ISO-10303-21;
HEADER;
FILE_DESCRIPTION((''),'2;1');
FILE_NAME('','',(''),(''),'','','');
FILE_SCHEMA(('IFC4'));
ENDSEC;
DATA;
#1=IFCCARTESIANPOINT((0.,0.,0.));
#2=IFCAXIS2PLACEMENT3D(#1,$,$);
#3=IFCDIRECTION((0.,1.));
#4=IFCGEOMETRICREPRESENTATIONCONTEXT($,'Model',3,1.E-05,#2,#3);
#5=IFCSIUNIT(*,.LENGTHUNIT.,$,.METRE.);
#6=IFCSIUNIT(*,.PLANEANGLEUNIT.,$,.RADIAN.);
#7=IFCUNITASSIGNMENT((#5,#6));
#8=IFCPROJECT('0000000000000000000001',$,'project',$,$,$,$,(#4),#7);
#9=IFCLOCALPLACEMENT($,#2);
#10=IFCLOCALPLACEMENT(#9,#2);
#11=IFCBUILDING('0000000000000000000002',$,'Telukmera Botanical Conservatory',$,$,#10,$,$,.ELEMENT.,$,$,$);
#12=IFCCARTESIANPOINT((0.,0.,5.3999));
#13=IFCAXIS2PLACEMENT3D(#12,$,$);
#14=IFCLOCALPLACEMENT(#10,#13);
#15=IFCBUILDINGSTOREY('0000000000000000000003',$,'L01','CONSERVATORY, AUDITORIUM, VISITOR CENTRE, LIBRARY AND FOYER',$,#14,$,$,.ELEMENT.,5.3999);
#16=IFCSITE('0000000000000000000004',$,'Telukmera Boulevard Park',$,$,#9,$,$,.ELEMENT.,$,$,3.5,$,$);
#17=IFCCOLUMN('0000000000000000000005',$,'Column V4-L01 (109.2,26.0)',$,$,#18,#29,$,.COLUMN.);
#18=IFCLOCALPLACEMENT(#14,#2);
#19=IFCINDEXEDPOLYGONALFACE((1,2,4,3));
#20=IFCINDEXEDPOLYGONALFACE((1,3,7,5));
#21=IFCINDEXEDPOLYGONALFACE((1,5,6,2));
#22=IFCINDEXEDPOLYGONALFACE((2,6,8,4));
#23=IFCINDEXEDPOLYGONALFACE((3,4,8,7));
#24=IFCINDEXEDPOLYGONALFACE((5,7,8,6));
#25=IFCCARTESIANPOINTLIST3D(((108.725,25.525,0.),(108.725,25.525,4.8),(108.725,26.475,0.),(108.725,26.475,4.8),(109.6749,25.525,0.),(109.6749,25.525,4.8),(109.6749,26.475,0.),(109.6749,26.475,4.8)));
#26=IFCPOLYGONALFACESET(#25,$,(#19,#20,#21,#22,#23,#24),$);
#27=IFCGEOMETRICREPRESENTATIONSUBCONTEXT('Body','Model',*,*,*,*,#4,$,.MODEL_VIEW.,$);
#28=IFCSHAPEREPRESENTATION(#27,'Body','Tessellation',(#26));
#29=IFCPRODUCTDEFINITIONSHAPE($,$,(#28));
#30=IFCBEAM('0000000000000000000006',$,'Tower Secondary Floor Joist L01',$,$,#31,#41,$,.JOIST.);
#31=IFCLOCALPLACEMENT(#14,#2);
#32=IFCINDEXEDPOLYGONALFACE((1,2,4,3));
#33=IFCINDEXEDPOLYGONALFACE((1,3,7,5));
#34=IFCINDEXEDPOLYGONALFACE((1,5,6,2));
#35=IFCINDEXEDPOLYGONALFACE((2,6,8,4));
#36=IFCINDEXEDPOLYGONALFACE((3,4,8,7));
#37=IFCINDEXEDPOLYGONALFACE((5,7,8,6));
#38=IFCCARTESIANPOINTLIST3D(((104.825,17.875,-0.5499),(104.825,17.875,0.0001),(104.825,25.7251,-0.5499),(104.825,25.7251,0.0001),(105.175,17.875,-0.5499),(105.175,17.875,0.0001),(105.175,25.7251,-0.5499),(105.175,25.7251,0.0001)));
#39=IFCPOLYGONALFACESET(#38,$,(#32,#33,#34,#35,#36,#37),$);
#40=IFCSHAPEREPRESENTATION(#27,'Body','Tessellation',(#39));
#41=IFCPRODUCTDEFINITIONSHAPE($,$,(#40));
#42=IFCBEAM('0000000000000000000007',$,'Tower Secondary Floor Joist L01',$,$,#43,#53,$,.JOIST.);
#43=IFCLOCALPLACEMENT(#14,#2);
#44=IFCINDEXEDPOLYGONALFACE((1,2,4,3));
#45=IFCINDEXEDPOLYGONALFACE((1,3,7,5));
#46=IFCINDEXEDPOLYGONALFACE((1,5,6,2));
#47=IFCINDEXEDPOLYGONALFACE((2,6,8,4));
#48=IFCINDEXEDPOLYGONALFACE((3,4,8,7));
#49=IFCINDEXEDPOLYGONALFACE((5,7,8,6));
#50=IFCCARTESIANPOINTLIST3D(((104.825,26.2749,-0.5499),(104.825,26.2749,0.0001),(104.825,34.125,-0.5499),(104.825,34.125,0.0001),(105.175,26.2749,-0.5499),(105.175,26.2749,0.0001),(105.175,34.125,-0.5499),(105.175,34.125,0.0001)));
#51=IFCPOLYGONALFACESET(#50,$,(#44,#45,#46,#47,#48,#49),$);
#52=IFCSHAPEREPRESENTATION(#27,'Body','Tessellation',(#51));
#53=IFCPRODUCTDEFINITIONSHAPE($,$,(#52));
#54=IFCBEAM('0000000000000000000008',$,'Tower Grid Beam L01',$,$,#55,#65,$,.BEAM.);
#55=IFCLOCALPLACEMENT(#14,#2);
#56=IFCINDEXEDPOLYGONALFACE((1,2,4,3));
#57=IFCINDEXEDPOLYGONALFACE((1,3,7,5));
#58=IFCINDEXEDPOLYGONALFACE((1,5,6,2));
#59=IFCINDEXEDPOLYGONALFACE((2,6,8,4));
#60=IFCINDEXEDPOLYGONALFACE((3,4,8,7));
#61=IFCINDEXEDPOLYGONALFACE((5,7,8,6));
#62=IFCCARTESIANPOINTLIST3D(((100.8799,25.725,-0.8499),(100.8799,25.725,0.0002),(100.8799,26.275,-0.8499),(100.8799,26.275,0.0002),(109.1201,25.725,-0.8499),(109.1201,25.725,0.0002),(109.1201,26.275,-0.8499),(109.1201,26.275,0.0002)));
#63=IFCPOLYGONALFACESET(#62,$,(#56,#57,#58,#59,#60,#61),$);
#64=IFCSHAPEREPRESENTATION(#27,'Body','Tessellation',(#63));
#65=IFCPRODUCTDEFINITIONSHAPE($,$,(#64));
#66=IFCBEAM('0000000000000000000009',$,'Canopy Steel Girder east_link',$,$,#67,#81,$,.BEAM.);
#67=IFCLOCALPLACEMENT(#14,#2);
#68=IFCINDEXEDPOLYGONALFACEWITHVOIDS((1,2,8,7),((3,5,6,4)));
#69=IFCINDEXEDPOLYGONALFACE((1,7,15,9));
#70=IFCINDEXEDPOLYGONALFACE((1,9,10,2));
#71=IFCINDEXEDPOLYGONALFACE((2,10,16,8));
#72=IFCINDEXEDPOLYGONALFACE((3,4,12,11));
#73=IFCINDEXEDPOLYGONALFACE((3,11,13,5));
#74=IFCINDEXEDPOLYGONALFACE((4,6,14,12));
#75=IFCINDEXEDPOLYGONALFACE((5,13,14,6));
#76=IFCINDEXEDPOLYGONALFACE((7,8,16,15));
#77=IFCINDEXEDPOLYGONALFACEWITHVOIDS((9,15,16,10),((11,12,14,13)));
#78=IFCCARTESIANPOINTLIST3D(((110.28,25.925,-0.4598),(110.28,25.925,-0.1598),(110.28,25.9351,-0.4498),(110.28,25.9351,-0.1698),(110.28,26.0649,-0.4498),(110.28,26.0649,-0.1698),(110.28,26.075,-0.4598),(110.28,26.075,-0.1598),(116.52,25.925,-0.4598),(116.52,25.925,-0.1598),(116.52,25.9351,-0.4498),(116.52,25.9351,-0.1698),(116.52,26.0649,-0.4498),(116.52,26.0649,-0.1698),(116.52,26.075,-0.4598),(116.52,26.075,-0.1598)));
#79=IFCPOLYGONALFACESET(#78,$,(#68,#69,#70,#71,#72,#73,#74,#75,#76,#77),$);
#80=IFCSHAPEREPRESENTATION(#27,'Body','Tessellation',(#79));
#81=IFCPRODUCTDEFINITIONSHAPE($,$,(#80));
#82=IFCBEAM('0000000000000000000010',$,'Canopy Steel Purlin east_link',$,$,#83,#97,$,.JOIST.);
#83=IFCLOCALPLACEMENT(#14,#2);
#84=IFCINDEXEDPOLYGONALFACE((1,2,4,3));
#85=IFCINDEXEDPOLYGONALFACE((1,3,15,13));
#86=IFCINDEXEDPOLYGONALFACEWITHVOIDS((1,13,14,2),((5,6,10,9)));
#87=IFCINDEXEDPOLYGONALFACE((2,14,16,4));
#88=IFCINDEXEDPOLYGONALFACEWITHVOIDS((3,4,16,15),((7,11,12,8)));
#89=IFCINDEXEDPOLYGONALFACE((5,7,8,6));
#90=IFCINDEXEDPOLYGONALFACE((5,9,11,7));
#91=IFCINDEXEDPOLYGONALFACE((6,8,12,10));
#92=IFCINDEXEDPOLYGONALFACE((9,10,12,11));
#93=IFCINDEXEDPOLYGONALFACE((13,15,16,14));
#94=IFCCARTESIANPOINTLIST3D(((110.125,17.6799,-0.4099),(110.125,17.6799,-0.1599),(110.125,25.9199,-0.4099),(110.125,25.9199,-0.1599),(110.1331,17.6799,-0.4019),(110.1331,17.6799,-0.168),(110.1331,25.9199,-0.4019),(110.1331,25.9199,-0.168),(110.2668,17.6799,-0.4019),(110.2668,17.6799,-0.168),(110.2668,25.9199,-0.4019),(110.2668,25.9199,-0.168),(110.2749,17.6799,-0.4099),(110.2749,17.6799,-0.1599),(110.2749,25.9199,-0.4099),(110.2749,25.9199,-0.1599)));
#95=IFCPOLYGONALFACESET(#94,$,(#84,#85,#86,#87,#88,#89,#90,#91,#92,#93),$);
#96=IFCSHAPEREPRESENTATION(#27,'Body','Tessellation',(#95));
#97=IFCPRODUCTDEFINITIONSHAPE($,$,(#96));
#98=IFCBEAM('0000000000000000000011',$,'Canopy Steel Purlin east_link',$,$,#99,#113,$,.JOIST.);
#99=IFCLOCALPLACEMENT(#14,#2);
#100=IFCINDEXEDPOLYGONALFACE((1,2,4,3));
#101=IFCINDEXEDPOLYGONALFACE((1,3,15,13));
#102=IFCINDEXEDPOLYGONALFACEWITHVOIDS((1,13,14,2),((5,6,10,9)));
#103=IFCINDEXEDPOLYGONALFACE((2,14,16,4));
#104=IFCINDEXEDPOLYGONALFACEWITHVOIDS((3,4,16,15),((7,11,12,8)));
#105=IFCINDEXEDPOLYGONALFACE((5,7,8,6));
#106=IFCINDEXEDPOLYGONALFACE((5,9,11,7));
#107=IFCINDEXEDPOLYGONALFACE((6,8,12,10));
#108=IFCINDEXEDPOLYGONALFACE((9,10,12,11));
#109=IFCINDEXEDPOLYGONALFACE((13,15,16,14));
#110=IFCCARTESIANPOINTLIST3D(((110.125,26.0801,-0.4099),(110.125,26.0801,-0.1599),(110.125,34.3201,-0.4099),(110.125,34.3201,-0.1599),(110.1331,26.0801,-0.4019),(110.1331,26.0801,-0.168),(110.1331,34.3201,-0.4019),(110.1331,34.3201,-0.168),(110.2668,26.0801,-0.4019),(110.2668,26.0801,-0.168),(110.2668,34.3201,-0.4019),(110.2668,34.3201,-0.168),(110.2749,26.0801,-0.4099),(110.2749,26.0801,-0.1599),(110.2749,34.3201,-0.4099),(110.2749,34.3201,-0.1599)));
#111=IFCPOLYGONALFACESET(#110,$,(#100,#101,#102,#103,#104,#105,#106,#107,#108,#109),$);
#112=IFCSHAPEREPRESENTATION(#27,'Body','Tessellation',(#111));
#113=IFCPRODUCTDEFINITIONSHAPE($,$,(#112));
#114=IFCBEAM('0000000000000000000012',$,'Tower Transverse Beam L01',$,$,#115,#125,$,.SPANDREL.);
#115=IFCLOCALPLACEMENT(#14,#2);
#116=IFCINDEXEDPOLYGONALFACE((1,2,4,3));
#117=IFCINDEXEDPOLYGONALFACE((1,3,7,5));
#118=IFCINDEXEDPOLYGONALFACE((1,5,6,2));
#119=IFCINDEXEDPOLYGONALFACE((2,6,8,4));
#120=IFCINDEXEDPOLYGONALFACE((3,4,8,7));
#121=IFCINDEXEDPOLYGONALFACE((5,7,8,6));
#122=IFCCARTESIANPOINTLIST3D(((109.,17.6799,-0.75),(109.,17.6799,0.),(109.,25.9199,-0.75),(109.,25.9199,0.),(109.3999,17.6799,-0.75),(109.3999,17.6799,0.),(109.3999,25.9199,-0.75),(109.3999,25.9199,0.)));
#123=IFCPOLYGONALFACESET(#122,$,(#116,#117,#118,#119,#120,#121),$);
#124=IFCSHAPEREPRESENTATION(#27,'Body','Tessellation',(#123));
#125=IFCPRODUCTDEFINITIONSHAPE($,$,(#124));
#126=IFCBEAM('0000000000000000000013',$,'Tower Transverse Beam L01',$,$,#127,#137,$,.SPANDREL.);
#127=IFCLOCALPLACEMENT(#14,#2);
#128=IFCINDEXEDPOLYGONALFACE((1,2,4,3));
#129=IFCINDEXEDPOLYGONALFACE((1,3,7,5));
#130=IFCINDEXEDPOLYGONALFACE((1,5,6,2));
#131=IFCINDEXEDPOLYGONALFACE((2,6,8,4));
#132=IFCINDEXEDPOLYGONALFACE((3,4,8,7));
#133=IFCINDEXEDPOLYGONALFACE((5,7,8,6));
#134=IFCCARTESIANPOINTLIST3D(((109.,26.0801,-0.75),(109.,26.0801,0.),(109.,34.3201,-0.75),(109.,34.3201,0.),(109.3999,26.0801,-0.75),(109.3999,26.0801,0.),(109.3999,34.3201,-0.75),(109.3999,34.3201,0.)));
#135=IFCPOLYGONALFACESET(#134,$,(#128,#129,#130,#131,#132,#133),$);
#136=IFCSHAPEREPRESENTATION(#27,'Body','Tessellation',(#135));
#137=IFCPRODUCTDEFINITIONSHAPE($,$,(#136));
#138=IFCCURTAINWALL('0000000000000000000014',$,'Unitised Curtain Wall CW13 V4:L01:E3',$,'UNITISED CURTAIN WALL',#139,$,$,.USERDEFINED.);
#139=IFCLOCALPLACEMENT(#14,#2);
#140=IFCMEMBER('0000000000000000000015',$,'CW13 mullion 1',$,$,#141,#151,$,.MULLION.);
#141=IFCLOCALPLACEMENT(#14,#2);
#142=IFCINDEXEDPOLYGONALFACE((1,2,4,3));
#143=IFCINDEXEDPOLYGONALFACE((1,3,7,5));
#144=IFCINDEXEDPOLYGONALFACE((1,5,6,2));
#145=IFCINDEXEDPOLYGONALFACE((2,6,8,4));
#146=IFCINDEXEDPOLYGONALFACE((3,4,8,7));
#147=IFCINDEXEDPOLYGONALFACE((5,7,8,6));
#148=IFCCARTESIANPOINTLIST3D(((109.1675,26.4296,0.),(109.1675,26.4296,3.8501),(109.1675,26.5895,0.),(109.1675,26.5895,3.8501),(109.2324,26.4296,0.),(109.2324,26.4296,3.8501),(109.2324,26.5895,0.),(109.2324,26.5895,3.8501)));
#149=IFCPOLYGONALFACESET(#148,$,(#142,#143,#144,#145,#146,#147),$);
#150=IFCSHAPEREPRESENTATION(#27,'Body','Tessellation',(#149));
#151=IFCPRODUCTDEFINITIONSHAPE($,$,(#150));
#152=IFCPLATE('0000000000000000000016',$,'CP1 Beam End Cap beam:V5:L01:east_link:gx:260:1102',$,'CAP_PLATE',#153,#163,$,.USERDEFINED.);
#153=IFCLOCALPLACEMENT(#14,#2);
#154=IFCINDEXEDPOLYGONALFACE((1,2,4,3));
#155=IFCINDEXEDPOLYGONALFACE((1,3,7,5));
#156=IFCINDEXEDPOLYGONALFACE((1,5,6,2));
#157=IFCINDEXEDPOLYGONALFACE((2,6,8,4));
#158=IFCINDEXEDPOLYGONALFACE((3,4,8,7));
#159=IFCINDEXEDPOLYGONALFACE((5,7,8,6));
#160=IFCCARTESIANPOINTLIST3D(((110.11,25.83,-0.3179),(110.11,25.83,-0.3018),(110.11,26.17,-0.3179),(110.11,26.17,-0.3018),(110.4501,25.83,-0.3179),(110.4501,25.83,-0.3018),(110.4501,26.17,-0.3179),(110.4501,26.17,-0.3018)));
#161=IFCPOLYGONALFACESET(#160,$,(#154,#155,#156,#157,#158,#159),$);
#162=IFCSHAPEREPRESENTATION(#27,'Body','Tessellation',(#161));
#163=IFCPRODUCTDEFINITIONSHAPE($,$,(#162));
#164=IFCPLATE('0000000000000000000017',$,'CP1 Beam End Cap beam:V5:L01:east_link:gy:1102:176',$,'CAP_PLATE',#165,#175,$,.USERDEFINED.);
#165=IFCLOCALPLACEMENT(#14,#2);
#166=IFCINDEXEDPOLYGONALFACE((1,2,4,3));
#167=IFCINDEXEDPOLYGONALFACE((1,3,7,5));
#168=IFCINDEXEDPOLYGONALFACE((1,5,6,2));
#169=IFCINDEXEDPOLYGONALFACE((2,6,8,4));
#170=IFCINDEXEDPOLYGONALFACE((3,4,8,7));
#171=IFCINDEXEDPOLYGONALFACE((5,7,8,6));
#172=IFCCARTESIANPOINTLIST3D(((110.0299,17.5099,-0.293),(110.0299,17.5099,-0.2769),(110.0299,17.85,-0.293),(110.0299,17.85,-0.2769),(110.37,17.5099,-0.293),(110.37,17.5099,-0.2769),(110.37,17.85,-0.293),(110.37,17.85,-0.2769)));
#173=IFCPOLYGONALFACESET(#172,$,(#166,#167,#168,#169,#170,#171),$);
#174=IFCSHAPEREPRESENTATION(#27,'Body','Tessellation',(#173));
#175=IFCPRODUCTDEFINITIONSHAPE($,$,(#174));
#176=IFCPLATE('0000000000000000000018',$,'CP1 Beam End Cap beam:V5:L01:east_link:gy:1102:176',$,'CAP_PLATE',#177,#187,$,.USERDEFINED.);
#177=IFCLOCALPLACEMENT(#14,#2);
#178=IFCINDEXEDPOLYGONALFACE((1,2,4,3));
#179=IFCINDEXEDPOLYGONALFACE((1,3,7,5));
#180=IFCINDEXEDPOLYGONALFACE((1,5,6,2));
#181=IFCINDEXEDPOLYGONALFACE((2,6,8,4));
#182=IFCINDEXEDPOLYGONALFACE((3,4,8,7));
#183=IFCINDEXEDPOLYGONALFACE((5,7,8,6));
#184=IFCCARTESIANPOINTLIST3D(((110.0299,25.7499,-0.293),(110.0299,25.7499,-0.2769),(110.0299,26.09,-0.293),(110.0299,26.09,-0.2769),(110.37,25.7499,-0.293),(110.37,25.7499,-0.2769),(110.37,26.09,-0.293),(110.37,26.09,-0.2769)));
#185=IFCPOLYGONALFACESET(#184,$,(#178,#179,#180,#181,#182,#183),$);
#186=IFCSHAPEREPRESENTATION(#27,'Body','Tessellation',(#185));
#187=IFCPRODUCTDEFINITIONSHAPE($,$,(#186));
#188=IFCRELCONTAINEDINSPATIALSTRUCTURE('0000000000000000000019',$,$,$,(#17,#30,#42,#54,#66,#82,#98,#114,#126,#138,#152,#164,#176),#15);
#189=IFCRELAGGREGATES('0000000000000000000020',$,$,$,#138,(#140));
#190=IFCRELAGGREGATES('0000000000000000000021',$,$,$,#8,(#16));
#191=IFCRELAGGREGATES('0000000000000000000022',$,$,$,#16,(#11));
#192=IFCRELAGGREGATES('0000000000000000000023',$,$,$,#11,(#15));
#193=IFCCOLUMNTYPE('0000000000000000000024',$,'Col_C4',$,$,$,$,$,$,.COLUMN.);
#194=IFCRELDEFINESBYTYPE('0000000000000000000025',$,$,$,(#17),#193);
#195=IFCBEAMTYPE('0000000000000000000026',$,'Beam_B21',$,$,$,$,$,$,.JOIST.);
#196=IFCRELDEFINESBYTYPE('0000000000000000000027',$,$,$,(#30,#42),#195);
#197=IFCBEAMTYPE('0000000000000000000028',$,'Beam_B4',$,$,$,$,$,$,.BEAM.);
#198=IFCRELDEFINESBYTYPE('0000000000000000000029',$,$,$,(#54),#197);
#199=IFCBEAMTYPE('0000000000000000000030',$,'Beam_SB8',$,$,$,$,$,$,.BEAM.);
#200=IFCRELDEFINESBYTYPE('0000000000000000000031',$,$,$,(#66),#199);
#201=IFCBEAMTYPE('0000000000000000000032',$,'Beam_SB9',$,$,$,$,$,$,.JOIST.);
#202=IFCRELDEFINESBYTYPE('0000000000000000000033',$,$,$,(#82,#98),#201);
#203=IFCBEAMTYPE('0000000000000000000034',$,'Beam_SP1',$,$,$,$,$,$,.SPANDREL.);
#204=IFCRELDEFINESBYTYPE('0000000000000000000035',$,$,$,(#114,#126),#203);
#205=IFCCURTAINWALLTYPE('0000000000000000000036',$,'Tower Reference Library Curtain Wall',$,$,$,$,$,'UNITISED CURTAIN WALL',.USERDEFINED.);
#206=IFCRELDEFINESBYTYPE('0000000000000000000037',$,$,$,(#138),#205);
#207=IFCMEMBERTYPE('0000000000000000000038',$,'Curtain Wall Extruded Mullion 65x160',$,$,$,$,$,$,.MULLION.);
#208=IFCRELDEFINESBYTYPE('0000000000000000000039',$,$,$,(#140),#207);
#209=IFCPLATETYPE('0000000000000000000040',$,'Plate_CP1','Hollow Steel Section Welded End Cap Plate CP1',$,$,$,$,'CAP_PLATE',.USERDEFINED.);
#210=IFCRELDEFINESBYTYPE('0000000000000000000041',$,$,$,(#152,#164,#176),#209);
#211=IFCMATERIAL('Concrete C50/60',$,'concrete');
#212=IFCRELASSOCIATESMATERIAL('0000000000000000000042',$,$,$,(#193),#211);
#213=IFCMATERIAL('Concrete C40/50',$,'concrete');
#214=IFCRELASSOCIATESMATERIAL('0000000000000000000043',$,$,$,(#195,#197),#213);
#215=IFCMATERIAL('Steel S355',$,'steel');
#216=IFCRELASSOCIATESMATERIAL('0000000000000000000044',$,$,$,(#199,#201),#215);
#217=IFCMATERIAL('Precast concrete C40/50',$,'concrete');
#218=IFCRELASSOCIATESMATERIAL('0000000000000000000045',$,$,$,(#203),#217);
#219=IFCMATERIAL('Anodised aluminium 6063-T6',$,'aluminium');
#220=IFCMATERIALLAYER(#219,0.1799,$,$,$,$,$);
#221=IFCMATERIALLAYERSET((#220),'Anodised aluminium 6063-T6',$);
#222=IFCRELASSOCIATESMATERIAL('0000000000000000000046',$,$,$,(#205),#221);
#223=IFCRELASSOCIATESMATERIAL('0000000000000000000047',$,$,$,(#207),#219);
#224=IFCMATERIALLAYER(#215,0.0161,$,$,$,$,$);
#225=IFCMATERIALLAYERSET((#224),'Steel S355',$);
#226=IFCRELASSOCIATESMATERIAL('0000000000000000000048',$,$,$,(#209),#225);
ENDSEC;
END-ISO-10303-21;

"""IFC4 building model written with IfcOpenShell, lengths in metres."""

from ifc_helpers import new_model, si_unit, direction, frame, origin, origin_2d, place, context, subcontext, project, spatial, rectangle, hollow_rectangle, extrude, material, layer, layer_set, material_profile, profile_set, type_object, element, aggregate, save


model = new_model("IFC4")

# Units and contexts
model_context = context("Model", 3, precision=1e-05, world=origin(), true_north=direction((0.0, 1.0)))
body_context = subcontext(model_context, "Body", "Model", "MODEL_VIEW")
ifc_project = project(units=[si_unit("LENGTHUNIT", "METRE"), si_unit("PLANEANGLEUNIT", "RADIAN")], contexts=[model_context])

# Site, building, storey
site_placement = place(None, origin())
site = spatial("IfcSite", under=ifc_project, at=site_placement, Name="Telukmera Boulevard Park", CompositionType="ELEMENT", RefElevation=3.5)
building_placement = place(site_placement, origin())
building = spatial("IfcBuilding", under=site, at=building_placement, Name="Telukmera Botanical Conservatory", CompositionType="ELEMENT")
storey_placement = place(building_placement, frame((0.0, 0.0, 5.3999)))
storey = spatial("IfcBuildingStorey", under=building, at=storey_placement, Name="L01", Description="CONSERVATORY, AUDITORIUM, VISITOR CENTRE, LIBRARY AND FOYER", CompositionType="ELEMENT", Elevation=5.3999)

# Column
ifc_material_1 = material(Name="Concrete C50/60", Category="concrete")
ifc_material_profile_1 = material_profile(ifc_material_1, rectangle(XDim=0.95, YDim=0.95, at=origin_2d()), Name="RC 950x950")
ifc_profile_set_1 = profile_set([ifc_material_profile_1], Name="Concrete C50/60")
column_type = type_object("IfcColumnType", Name="Col_C4", PredefinedType="COLUMN", material=ifc_profile_set_1)
column_placement = place(storey_placement, frame((109.2, 26.0, 0.0), z_axis=(0.0, 0.0, 1.0), x_axis=(1.0, 0.0, 0.0)))
element("IfcColumn", 1, at=column_placement, inside=storey, type_object=column_type, Name="Column V4-L01 (109.2,26.0)", PredefinedType="COLUMN", context=body_context, shape_type="SweptSolid", body=[
    extrude(rectangle(XDim=0.95, YDim=0.95, at=origin_2d()), origin(), (0.0, 0.0, 1.0), 4.8),
])

# Beams
ifc_material_2 = material(Name="Concrete C40/50", Category="concrete")
ifc_material_profile_2 = material_profile(ifc_material_2, rectangle(XDim=0.3501, YDim=0.55, at=origin_2d()), Name="RC 350x550")
ifc_profile_set_2 = profile_set([ifc_material_profile_2], Name="Concrete C40/50")
beam_type_1 = type_object("IfcBeamType", Name="Beam_B21", PredefinedType="JOIST", material=ifc_profile_set_2)
for number, where, z_axis, x_axis, name in (
    (2, (105.0, 17.875, -0.2749), (0.0, 1.0, 0.0), (-1.0, 0.0, 0.0), "Tower Secondary Floor Joist L01"),
    (3, (105.0, 26.2749, -0.2749), (0.0, 1.0, 0.0), (-1.0, 0.0, 0.0), "Tower Secondary Floor Joist L01"),
):
    element("IfcBeam", number, at=place(storey_placement, frame(where, z_axis=z_axis, x_axis=x_axis)), inside=storey, type_object=beam_type_1, Name=name, PredefinedType="JOIST", context=body_context, shape_type="SweptSolid", body=[
        extrude(rectangle(XDim=0.3501, YDim=0.55, at=origin_2d()), origin(), (0.0, 0.0, 1.0), 7.8501),
    ])
ifc_material_profile_3 = material_profile(ifc_material_2, rectangle(XDim=0.55, YDim=0.8501, at=origin_2d()), Name="RC 550x850")
ifc_profile_set_3 = profile_set([ifc_material_profile_3], Name="Concrete C40/50")
beam_type_2 = type_object("IfcBeamType", Name="Beam_B4", PredefinedType="BEAM", material=ifc_profile_set_3)
beam_1_placement = place(storey_placement, frame((100.8799, 26.0, -0.4248), z_axis=(1.0, 0.0, 0.0), x_axis=(0.0, 1.0, 0.0)))
element("IfcBeam", 4, at=beam_1_placement, inside=storey, type_object=beam_type_2, Name="Tower Grid Beam L01", PredefinedType="BEAM", context=body_context, shape_type="SweptSolid", body=[
    extrude(rectangle(XDim=0.55, YDim=0.8501, at=origin_2d()), origin(), (0.0, 0.0, 1.0), 8.2402),
])
ifc_material_3 = material(Name="Steel S355", Category="steel")
ifc_material_profile_4 = material_profile(ifc_material_3, hollow_rectangle(XDim=0.1499, YDim=0.3, WallThickness=0.01, at=origin_2d()), Name="RHS 300x150x10.0")
ifc_profile_set_4 = profile_set([ifc_material_profile_4], Name="Steel S355")
beam_type_3 = type_object("IfcBeamType", Name="Beam_SB8", PredefinedType="BEAM", material=ifc_profile_set_4)
beam_2_placement = place(storey_placement, frame((110.28, 26.0, -0.3098), z_axis=(1.0, 0.0, 0.0), x_axis=(0.0, 1.0, 0.0)))
element("IfcBeam", 5, at=beam_2_placement, inside=storey, type_object=beam_type_3, Name="Canopy Steel Girder east_link", PredefinedType="BEAM", context=body_context, shape_type="SweptSolid", body=[
    extrude(hollow_rectangle(XDim=0.1499, YDim=0.3, WallThickness=0.01, at=origin_2d()), origin(), (0.0, 0.0, 1.0), 6.24),
])
ifc_material_profile_5 = material_profile(ifc_material_3, hollow_rectangle(XDim=0.1499, YDim=0.25, WallThickness=0.0081, at=origin_2d()), Name="RHS 250x150x8.0")
ifc_profile_set_5 = profile_set([ifc_material_profile_5], Name="Steel S355")
beam_type_4 = type_object("IfcBeamType", Name="Beam_SB9", PredefinedType="JOIST", material=ifc_profile_set_5)
for number, where, z_axis, x_axis, name in (
    (6, (110.2, 17.6799, -0.2849), (0.0, 1.0, 0.0), (-1.0, 0.0, 0.0), "Canopy Steel Purlin east_link"),
    (7, (110.2, 26.0801, -0.2849), (0.0, 1.0, 0.0), (-1.0, 0.0, 0.0), "Canopy Steel Purlin east_link"),
):
    element("IfcBeam", number, at=place(storey_placement, frame(where, z_axis=z_axis, x_axis=x_axis)), inside=storey, type_object=beam_type_4, Name=name, PredefinedType="JOIST", context=body_context, shape_type="SweptSolid", body=[
        extrude(hollow_rectangle(XDim=0.1499, YDim=0.25, WallThickness=0.0081, at=origin_2d()), origin(), (0.0, 0.0, 1.0), 8.24),
    ])
ifc_material_4 = material(Name="Precast concrete C40/50", Category="concrete")
ifc_material_profile_6 = material_profile(ifc_material_4, rectangle(XDim=0.3999, YDim=0.75, at=origin_2d()), Name="PC 400x750")
ifc_profile_set_6 = profile_set([ifc_material_profile_6], Name="Precast concrete C40/50")
beam_type_5 = type_object("IfcBeamType", Name="Beam_SP1", PredefinedType="SPANDREL", material=ifc_profile_set_6)
for number, where, z_axis, x_axis, name in (
    (8, (109.2, 17.6799, -0.375), (0.0, 1.0, 0.0), (-1.0, 0.0, 0.0), "Tower Transverse Beam L01"),
    (9, (109.2, 26.0801, -0.375), (0.0, 1.0, 0.0), (-1.0, 0.0, 0.0), "Tower Transverse Beam L01"),
):
    element("IfcBeam", number, at=place(storey_placement, frame(where, z_axis=z_axis, x_axis=x_axis)), inside=storey, type_object=beam_type_5, Name=name, PredefinedType="SPANDREL", context=body_context, shape_type="SweptSolid", body=[
        extrude(rectangle(XDim=0.3999, YDim=0.75, at=origin_2d()), origin(), (0.0, 0.0, 1.0), 8.24),
    ])

# Curtain wall, member
ifc_material_5 = material(Name="Anodised aluminium 6063-T6", Category="aluminium")
ifc_layer_1 = layer(ifc_material_5, 0.1799)
ifc_layer_set_1 = layer_set([ifc_layer_1], Name="Anodised aluminium 6063-T6")
curtain_wall_type = type_object("IfcCurtainWallType", Name="Tower Reference Library Curtain Wall", ElementType="UNITISED CURTAIN WALL", PredefinedType="USERDEFINED", material=ifc_layer_set_1)
curtain_wall_placement = place(storey_placement, origin())
curtain_wall = element("IfcCurtainWall", 10, at=curtain_wall_placement, inside=storey, type_object=curtain_wall_type, Name="Unitised Curtain Wall CW13 V4:L01:E3", ObjectType="UNITISED CURTAIN WALL", PredefinedType="USERDEFINED")
ifc_material_profile_7 = material_profile(ifc_material_5, rectangle(XDim=0.0649, YDim=0.1599, at=origin_2d()), Name="ALU MULL 65x160")
ifc_profile_set_7 = profile_set([ifc_material_profile_7], Name="Anodised aluminium 6063-T6")
member_type = type_object("IfcMemberType", Name="Curtain Wall Extruded Mullion 65x160", PredefinedType="MULLION", material=ifc_profile_set_7)
member_placement = place(storey_placement, frame((109.2, 26.5095, 0.0), z_axis=(0.0, 0.0, 1.0), x_axis=(-1.0, 0.0, 0.0)))
member = element("IfcMember", 11, at=member_placement, type_object=member_type, Name="CW13 mullion 1", PredefinedType="MULLION", context=body_context, shape_type="SweptSolid", body=[
    extrude(rectangle(XDim=0.0649, YDim=0.1599, at=origin_2d()), origin(), (0.0, 0.0, 1.0), 3.8501),
])
aggregate(curtain_wall, [member])

# Plates
ifc_layer_2 = layer(ifc_material_3, 0.0161)
ifc_layer_set_2 = layer_set([ifc_layer_2], Name="Steel S355")
plate_type = type_object("IfcPlateType", Name="Plate_CP1", Description="Hollow Steel Section Welded End Cap Plate CP1", ElementType="CAP_PLATE", PredefinedType="USERDEFINED", material=ifc_layer_set_2)
for number, where, z_axis, x_axis, name in (
    (12, (110.28, 26.0, -0.3179), (0.0, 0.0, 1.0), (1.0, 0.0, 0.0), "CP1 Beam End Cap beam:V5:L01:east_link:gx:260:1102"),
    (13, (110.2, 17.6799, -0.293), (0.0, 0.0, 1.0), (1.0, 0.0, 0.0), "CP1 Beam End Cap beam:V5:L01:east_link:gy:1102:176"),
    (14, (110.2, 25.9199, -0.293), (0.0, 0.0, 1.0), (1.0, 0.0, 0.0), "CP1 Beam End Cap beam:V5:L01:east_link:gy:1102:176"),
):
    element("IfcPlate", number, at=place(storey_placement, frame(where, z_axis=z_axis, x_axis=x_axis)), inside=storey, type_object=plate_type, Name=name, ObjectType="CAP_PLATE", PredefinedType="USERDEFINED", context=body_context, shape_type="SweptSolid", body=[
        extrude(rectangle(XDim=0.3401, YDim=0.3401, at=origin_2d()), origin(), (0.0, 0.0, 1.0), 0.0161),
    ])

save(model, "model.ifc")
